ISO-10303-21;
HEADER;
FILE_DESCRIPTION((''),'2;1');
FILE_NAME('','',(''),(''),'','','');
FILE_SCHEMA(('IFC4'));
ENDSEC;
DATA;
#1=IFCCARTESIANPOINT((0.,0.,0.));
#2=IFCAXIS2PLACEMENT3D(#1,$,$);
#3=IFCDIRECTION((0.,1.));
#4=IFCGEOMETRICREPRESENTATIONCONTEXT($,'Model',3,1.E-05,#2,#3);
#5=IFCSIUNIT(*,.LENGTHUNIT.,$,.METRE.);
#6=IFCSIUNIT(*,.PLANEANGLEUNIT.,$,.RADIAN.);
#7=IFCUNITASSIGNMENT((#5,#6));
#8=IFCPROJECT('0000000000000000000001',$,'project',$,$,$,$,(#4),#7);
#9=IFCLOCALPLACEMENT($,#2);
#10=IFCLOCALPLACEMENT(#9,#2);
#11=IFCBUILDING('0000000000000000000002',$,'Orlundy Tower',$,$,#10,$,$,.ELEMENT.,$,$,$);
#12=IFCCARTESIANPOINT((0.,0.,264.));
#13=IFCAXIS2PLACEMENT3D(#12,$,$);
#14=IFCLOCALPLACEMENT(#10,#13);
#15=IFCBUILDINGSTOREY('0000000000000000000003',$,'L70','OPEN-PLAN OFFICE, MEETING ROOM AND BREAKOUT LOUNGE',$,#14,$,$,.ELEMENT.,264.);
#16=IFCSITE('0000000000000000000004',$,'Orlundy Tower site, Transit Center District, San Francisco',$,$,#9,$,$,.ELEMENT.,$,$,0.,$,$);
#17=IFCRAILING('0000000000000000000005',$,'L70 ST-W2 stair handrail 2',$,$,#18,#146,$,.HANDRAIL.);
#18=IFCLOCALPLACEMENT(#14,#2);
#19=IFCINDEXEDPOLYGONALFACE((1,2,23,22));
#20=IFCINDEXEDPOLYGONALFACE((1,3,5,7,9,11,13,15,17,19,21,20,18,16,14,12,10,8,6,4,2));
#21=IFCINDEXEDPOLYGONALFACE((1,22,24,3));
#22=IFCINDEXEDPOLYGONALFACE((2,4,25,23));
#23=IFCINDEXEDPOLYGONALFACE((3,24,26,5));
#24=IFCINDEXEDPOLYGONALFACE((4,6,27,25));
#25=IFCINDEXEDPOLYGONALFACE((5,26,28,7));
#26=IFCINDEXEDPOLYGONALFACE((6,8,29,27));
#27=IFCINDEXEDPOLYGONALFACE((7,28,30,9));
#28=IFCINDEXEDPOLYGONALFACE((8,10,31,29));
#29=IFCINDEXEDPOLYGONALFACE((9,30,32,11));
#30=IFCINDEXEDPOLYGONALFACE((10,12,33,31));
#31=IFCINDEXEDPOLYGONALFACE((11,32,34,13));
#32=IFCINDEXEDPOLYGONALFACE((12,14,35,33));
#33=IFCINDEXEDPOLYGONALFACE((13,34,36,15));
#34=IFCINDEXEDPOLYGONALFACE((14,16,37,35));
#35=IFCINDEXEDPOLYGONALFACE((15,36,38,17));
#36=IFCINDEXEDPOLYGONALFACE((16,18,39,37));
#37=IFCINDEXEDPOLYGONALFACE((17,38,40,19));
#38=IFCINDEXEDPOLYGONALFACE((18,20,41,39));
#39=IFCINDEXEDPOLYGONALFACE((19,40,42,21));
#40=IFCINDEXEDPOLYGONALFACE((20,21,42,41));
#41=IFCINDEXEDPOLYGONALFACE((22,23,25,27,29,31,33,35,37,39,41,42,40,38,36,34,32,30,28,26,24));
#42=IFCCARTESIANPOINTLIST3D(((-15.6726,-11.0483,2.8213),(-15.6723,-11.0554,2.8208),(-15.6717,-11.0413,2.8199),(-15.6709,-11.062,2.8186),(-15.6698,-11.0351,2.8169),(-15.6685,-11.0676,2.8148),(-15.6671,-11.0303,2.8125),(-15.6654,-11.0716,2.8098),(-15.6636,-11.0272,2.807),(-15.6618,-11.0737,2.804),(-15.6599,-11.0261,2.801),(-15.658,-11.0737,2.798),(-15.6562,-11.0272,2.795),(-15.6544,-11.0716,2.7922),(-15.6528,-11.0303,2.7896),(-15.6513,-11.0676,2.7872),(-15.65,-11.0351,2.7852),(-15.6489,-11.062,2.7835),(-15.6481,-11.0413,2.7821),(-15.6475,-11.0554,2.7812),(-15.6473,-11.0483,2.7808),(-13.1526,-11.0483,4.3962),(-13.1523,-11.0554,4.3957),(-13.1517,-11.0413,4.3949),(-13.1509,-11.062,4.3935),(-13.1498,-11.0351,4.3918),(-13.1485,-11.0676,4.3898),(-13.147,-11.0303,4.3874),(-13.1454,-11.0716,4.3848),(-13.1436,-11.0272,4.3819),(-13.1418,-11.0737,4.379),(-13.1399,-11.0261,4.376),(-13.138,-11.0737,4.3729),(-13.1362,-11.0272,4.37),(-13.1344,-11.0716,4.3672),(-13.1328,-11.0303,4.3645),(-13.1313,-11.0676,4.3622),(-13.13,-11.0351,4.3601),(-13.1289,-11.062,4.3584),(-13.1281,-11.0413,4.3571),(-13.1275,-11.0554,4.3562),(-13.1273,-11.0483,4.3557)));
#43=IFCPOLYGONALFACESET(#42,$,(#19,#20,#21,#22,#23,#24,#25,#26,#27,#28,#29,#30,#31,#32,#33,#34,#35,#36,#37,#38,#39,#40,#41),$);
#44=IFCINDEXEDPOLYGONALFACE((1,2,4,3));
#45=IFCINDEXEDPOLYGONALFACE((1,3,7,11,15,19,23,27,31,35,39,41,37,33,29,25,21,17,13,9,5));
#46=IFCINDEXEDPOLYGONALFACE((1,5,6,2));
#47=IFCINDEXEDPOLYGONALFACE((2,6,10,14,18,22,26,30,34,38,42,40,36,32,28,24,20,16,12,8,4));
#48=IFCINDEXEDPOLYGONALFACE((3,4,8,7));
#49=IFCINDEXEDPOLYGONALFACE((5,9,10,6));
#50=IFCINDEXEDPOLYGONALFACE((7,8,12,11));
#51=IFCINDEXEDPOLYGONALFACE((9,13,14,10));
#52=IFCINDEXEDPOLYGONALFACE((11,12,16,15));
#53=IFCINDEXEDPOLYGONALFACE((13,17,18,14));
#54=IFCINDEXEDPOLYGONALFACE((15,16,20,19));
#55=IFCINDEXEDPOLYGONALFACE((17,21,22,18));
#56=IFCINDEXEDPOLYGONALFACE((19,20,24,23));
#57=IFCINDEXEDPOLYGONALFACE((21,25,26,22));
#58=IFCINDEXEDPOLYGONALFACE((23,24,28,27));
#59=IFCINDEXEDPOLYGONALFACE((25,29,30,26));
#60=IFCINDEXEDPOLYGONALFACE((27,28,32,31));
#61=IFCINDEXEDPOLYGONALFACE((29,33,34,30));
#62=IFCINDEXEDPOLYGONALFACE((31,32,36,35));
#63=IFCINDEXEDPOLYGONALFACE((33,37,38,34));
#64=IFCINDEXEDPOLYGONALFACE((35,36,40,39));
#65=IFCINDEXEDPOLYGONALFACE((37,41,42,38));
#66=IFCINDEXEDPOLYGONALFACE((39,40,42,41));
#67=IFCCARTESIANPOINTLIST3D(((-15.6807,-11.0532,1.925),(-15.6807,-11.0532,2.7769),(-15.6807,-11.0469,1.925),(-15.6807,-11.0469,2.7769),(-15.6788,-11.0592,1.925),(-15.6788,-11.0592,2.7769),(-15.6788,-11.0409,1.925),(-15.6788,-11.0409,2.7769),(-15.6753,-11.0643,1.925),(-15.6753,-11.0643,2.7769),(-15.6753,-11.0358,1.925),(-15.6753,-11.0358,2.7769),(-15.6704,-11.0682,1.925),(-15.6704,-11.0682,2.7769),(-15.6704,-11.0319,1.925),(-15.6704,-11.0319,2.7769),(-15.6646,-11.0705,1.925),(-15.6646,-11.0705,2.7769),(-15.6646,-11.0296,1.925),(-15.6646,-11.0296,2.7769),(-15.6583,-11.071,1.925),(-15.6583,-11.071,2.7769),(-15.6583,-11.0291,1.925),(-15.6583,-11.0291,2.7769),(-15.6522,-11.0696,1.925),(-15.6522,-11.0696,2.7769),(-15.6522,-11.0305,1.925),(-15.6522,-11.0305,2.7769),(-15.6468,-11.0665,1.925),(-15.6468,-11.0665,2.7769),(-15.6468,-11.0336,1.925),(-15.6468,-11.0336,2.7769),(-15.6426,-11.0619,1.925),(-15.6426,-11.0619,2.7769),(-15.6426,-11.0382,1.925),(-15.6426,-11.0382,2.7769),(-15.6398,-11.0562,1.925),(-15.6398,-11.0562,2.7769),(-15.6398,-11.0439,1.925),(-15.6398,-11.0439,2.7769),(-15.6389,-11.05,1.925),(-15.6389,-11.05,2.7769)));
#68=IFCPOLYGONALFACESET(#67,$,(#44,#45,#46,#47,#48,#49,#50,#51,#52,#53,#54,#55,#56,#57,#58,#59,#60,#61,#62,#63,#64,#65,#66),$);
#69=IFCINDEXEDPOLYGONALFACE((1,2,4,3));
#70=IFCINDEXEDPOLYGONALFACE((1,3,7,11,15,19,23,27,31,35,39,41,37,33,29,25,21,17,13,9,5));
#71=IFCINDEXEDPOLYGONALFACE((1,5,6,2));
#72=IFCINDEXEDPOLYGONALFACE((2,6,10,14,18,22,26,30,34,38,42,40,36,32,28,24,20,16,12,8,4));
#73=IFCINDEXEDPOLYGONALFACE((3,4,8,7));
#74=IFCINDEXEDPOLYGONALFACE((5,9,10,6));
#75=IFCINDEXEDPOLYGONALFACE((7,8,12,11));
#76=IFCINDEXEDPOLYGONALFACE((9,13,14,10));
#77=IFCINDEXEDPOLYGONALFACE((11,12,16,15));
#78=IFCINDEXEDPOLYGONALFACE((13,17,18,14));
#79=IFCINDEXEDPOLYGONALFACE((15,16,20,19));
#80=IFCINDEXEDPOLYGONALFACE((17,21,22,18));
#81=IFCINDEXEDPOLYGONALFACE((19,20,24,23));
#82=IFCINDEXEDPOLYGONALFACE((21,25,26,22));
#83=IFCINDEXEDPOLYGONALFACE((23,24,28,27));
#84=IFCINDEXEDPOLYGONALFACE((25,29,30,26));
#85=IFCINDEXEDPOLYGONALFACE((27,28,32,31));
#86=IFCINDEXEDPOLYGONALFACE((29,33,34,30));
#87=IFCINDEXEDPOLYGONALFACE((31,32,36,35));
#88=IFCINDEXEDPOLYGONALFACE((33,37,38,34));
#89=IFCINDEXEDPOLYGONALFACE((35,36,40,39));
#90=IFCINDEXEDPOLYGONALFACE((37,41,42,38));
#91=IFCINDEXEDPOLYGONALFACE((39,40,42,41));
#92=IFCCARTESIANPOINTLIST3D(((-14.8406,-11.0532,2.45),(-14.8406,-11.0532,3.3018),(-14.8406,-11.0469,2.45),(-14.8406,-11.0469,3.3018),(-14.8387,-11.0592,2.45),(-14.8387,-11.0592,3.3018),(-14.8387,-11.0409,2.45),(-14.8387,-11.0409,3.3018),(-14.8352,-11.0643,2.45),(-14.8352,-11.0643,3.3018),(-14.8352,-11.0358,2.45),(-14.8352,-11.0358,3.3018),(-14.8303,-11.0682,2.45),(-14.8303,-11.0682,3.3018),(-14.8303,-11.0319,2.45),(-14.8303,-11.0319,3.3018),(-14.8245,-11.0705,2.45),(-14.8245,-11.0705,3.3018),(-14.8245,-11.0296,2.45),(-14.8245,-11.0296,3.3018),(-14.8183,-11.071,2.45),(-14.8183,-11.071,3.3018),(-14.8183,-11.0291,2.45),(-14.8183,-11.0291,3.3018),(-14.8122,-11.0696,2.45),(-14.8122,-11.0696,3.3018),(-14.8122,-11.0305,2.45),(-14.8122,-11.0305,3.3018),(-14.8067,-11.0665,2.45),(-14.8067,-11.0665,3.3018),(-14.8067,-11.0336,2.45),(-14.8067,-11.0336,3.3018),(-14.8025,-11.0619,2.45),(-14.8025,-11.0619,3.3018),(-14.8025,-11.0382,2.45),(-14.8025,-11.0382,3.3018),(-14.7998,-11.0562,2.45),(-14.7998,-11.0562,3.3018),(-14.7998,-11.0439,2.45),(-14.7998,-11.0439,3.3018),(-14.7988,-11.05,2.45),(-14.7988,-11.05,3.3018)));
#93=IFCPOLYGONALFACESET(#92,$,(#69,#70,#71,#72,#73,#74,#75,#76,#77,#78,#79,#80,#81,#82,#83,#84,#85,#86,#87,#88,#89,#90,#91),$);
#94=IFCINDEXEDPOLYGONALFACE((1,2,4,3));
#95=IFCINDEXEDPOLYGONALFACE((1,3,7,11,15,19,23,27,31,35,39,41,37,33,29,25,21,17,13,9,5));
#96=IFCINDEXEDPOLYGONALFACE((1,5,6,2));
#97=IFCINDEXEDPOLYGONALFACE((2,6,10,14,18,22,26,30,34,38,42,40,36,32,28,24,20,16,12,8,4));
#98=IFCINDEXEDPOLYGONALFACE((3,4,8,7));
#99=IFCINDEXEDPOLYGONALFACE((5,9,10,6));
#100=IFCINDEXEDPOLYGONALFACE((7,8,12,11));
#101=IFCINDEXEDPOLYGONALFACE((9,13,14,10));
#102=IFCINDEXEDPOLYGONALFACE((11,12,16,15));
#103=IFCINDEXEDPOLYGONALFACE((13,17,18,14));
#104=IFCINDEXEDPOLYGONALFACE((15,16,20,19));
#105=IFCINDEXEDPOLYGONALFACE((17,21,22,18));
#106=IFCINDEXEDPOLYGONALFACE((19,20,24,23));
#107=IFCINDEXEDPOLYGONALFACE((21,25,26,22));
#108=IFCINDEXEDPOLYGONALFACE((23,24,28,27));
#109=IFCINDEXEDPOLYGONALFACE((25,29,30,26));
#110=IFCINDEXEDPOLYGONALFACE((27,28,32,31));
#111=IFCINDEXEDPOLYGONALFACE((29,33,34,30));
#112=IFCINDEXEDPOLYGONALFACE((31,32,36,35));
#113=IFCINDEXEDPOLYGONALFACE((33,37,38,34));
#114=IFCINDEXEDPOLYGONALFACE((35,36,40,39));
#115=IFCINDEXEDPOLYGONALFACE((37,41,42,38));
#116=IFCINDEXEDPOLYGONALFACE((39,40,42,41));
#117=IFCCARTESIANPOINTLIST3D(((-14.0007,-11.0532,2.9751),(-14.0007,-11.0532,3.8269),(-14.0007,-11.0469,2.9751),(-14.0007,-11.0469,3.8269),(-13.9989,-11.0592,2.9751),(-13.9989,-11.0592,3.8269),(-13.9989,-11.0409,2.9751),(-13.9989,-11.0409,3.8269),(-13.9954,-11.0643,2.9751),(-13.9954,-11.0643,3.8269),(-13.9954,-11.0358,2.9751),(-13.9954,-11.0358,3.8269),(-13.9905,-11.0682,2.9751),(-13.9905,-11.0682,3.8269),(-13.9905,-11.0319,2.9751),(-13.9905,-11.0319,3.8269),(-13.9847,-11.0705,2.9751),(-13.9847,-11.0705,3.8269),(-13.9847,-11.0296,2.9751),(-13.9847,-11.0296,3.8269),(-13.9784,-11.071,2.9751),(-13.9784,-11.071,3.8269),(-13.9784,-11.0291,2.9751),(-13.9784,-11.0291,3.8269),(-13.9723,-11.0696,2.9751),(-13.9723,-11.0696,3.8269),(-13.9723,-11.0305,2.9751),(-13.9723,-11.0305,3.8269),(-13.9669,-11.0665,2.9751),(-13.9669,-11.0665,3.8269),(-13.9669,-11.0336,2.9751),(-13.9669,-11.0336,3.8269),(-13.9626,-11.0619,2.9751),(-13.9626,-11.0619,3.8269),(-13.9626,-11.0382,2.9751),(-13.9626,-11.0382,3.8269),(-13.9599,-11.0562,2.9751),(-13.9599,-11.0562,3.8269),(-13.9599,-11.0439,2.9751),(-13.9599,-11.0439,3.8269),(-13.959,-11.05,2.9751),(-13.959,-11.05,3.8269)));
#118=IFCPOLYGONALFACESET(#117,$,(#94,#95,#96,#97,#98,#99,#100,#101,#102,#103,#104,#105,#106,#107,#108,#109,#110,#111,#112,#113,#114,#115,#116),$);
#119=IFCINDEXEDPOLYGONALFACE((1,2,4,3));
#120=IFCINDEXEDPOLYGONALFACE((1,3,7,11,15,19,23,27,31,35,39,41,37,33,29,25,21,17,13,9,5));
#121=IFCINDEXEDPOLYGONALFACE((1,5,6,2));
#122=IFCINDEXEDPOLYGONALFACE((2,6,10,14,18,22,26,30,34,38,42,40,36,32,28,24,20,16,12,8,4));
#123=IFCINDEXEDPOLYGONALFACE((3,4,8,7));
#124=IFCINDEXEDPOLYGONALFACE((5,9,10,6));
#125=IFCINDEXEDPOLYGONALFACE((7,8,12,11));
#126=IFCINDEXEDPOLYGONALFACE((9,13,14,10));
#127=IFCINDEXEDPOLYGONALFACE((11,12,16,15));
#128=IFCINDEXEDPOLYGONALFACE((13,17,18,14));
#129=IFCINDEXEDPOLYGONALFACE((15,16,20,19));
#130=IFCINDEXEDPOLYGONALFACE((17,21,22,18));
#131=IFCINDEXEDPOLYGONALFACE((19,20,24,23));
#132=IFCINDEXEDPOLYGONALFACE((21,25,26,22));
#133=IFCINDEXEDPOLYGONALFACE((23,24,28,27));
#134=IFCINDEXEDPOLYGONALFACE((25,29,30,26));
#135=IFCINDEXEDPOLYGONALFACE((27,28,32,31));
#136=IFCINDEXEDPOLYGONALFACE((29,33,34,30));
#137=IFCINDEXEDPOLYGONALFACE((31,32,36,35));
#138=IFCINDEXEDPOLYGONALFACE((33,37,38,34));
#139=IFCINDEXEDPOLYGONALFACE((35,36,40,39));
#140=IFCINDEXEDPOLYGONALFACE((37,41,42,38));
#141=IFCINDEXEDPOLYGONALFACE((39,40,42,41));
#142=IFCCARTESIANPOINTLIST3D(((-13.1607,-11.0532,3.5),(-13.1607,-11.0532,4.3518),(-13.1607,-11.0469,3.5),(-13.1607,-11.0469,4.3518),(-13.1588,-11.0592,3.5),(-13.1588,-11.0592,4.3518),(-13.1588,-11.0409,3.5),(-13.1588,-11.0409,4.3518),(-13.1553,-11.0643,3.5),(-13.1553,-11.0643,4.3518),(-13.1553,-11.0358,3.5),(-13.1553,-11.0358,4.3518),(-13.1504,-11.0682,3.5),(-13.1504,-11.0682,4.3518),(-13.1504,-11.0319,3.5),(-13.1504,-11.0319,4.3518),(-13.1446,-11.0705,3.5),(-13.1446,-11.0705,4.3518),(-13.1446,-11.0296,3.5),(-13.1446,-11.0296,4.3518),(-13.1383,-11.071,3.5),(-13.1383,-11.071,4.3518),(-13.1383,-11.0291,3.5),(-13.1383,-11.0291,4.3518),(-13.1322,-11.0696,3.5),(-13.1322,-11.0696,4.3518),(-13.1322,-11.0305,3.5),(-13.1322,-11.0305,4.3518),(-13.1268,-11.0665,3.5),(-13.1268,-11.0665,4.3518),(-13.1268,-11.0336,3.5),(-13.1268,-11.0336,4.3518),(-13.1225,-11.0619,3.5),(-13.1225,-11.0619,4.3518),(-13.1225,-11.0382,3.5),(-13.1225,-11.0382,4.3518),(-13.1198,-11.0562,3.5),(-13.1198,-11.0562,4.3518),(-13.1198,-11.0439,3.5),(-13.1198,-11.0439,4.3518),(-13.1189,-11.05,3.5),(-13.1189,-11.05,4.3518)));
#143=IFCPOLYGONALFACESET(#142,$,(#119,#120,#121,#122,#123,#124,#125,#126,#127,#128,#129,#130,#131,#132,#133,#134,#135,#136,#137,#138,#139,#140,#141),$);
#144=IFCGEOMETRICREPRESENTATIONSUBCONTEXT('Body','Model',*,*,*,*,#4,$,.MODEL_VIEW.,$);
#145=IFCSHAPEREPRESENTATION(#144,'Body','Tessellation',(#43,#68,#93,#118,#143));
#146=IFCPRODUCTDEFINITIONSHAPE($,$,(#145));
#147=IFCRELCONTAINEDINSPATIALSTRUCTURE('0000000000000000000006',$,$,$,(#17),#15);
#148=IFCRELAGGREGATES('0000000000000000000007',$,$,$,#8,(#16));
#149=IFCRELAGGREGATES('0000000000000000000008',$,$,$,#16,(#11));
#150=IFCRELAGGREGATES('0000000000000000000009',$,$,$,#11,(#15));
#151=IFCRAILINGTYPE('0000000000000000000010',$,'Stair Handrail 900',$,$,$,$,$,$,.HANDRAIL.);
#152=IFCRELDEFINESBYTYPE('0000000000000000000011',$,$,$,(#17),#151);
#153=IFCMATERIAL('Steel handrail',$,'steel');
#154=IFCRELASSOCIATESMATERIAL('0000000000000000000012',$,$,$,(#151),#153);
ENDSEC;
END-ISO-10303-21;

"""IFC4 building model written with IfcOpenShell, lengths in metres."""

from ifc_helpers import new_model, si_unit, direction, frame, origin, origin_2d, place, context, subcontext, project, spatial, circle, extrude, material, type_object, element, save


model = new_model("IFC4")

# Units and contexts
model_context = context("Model", 3, precision=1e-05, world=origin(), true_north=direction((0.0, 1.0)))
body_context = subcontext(model_context, "Body", "Model", "MODEL_VIEW")
ifc_project = project(units=[si_unit("LENGTHUNIT", "METRE"), si_unit("PLANEANGLEUNIT", "RADIAN")], contexts=[model_context])

# Site, building, storey
site_placement = place(None, origin())
site = spatial("IfcSite", under=ifc_project, at=site_placement, Name="Orlundy Tower site, Transit Center District, San Francisco", CompositionType="ELEMENT", RefElevation=0.0)
building_placement = place(site_placement, origin())
building = spatial("IfcBuilding", under=site, at=building_placement, Name="Orlundy Tower", CompositionType="ELEMENT")
storey_placement = place(building_placement, frame((0.0, 0.0, 264.0)))
storey = spatial("IfcBuildingStorey", under=building, at=storey_placement, Name="L70", Description="OPEN-PLAN OFFICE, MEETING ROOM AND BREAKOUT LOUNGE", CompositionType="ELEMENT", Elevation=264.0)

# Railing
ifc_material_1 = material(Name="Steel handrail", Category="steel")
railing_type_1 = type_object("IfcRailingType", Name="Stair Handrail 900", PredefinedType="HANDRAIL", material=ifc_material_1)
railing_1_placement = place(storey_placement, frame((-15.6599, -11.05, 1.925)))
element("IfcRailing", 1, at=railing_1_placement, inside=storey, type_object=railing_type_1, Name="L70 ST-W2 stair handrail 2", PredefinedType="HANDRAIL", context=body_context, shape_type="SweptSolid", body=[
    extrude(circle(Radius=0.0239, at=origin_2d()), frame((0.0, 0.0, 0.876), z_axis=(0.848008, 0.0, 0.529984), x_axis=(0.0, 1.0, 0.0)), (0.0, 0.0, 1.0), 2.9717),
    extrude(circle(Radius=0.021, at=origin_2d()), origin(), (0.0, 0.0, 1.0), 0.8518),
    extrude(circle(Radius=0.021, at=origin_2d()), frame((0.8401, 0.0, 0.5249)), (0.0, 0.0, 1.0), 0.8518),
    extrude(circle(Radius=0.021, at=origin_2d()), frame((1.6799, 0.0, 1.05)), (0.0, 0.0, 1.0), 0.8518),
    extrude(circle(Radius=0.021, at=origin_2d()), frame((2.52, 0.0, 1.575)), (0.0, 0.0, 1.0), 0.8518),
])

save(model, "model.ifc")
